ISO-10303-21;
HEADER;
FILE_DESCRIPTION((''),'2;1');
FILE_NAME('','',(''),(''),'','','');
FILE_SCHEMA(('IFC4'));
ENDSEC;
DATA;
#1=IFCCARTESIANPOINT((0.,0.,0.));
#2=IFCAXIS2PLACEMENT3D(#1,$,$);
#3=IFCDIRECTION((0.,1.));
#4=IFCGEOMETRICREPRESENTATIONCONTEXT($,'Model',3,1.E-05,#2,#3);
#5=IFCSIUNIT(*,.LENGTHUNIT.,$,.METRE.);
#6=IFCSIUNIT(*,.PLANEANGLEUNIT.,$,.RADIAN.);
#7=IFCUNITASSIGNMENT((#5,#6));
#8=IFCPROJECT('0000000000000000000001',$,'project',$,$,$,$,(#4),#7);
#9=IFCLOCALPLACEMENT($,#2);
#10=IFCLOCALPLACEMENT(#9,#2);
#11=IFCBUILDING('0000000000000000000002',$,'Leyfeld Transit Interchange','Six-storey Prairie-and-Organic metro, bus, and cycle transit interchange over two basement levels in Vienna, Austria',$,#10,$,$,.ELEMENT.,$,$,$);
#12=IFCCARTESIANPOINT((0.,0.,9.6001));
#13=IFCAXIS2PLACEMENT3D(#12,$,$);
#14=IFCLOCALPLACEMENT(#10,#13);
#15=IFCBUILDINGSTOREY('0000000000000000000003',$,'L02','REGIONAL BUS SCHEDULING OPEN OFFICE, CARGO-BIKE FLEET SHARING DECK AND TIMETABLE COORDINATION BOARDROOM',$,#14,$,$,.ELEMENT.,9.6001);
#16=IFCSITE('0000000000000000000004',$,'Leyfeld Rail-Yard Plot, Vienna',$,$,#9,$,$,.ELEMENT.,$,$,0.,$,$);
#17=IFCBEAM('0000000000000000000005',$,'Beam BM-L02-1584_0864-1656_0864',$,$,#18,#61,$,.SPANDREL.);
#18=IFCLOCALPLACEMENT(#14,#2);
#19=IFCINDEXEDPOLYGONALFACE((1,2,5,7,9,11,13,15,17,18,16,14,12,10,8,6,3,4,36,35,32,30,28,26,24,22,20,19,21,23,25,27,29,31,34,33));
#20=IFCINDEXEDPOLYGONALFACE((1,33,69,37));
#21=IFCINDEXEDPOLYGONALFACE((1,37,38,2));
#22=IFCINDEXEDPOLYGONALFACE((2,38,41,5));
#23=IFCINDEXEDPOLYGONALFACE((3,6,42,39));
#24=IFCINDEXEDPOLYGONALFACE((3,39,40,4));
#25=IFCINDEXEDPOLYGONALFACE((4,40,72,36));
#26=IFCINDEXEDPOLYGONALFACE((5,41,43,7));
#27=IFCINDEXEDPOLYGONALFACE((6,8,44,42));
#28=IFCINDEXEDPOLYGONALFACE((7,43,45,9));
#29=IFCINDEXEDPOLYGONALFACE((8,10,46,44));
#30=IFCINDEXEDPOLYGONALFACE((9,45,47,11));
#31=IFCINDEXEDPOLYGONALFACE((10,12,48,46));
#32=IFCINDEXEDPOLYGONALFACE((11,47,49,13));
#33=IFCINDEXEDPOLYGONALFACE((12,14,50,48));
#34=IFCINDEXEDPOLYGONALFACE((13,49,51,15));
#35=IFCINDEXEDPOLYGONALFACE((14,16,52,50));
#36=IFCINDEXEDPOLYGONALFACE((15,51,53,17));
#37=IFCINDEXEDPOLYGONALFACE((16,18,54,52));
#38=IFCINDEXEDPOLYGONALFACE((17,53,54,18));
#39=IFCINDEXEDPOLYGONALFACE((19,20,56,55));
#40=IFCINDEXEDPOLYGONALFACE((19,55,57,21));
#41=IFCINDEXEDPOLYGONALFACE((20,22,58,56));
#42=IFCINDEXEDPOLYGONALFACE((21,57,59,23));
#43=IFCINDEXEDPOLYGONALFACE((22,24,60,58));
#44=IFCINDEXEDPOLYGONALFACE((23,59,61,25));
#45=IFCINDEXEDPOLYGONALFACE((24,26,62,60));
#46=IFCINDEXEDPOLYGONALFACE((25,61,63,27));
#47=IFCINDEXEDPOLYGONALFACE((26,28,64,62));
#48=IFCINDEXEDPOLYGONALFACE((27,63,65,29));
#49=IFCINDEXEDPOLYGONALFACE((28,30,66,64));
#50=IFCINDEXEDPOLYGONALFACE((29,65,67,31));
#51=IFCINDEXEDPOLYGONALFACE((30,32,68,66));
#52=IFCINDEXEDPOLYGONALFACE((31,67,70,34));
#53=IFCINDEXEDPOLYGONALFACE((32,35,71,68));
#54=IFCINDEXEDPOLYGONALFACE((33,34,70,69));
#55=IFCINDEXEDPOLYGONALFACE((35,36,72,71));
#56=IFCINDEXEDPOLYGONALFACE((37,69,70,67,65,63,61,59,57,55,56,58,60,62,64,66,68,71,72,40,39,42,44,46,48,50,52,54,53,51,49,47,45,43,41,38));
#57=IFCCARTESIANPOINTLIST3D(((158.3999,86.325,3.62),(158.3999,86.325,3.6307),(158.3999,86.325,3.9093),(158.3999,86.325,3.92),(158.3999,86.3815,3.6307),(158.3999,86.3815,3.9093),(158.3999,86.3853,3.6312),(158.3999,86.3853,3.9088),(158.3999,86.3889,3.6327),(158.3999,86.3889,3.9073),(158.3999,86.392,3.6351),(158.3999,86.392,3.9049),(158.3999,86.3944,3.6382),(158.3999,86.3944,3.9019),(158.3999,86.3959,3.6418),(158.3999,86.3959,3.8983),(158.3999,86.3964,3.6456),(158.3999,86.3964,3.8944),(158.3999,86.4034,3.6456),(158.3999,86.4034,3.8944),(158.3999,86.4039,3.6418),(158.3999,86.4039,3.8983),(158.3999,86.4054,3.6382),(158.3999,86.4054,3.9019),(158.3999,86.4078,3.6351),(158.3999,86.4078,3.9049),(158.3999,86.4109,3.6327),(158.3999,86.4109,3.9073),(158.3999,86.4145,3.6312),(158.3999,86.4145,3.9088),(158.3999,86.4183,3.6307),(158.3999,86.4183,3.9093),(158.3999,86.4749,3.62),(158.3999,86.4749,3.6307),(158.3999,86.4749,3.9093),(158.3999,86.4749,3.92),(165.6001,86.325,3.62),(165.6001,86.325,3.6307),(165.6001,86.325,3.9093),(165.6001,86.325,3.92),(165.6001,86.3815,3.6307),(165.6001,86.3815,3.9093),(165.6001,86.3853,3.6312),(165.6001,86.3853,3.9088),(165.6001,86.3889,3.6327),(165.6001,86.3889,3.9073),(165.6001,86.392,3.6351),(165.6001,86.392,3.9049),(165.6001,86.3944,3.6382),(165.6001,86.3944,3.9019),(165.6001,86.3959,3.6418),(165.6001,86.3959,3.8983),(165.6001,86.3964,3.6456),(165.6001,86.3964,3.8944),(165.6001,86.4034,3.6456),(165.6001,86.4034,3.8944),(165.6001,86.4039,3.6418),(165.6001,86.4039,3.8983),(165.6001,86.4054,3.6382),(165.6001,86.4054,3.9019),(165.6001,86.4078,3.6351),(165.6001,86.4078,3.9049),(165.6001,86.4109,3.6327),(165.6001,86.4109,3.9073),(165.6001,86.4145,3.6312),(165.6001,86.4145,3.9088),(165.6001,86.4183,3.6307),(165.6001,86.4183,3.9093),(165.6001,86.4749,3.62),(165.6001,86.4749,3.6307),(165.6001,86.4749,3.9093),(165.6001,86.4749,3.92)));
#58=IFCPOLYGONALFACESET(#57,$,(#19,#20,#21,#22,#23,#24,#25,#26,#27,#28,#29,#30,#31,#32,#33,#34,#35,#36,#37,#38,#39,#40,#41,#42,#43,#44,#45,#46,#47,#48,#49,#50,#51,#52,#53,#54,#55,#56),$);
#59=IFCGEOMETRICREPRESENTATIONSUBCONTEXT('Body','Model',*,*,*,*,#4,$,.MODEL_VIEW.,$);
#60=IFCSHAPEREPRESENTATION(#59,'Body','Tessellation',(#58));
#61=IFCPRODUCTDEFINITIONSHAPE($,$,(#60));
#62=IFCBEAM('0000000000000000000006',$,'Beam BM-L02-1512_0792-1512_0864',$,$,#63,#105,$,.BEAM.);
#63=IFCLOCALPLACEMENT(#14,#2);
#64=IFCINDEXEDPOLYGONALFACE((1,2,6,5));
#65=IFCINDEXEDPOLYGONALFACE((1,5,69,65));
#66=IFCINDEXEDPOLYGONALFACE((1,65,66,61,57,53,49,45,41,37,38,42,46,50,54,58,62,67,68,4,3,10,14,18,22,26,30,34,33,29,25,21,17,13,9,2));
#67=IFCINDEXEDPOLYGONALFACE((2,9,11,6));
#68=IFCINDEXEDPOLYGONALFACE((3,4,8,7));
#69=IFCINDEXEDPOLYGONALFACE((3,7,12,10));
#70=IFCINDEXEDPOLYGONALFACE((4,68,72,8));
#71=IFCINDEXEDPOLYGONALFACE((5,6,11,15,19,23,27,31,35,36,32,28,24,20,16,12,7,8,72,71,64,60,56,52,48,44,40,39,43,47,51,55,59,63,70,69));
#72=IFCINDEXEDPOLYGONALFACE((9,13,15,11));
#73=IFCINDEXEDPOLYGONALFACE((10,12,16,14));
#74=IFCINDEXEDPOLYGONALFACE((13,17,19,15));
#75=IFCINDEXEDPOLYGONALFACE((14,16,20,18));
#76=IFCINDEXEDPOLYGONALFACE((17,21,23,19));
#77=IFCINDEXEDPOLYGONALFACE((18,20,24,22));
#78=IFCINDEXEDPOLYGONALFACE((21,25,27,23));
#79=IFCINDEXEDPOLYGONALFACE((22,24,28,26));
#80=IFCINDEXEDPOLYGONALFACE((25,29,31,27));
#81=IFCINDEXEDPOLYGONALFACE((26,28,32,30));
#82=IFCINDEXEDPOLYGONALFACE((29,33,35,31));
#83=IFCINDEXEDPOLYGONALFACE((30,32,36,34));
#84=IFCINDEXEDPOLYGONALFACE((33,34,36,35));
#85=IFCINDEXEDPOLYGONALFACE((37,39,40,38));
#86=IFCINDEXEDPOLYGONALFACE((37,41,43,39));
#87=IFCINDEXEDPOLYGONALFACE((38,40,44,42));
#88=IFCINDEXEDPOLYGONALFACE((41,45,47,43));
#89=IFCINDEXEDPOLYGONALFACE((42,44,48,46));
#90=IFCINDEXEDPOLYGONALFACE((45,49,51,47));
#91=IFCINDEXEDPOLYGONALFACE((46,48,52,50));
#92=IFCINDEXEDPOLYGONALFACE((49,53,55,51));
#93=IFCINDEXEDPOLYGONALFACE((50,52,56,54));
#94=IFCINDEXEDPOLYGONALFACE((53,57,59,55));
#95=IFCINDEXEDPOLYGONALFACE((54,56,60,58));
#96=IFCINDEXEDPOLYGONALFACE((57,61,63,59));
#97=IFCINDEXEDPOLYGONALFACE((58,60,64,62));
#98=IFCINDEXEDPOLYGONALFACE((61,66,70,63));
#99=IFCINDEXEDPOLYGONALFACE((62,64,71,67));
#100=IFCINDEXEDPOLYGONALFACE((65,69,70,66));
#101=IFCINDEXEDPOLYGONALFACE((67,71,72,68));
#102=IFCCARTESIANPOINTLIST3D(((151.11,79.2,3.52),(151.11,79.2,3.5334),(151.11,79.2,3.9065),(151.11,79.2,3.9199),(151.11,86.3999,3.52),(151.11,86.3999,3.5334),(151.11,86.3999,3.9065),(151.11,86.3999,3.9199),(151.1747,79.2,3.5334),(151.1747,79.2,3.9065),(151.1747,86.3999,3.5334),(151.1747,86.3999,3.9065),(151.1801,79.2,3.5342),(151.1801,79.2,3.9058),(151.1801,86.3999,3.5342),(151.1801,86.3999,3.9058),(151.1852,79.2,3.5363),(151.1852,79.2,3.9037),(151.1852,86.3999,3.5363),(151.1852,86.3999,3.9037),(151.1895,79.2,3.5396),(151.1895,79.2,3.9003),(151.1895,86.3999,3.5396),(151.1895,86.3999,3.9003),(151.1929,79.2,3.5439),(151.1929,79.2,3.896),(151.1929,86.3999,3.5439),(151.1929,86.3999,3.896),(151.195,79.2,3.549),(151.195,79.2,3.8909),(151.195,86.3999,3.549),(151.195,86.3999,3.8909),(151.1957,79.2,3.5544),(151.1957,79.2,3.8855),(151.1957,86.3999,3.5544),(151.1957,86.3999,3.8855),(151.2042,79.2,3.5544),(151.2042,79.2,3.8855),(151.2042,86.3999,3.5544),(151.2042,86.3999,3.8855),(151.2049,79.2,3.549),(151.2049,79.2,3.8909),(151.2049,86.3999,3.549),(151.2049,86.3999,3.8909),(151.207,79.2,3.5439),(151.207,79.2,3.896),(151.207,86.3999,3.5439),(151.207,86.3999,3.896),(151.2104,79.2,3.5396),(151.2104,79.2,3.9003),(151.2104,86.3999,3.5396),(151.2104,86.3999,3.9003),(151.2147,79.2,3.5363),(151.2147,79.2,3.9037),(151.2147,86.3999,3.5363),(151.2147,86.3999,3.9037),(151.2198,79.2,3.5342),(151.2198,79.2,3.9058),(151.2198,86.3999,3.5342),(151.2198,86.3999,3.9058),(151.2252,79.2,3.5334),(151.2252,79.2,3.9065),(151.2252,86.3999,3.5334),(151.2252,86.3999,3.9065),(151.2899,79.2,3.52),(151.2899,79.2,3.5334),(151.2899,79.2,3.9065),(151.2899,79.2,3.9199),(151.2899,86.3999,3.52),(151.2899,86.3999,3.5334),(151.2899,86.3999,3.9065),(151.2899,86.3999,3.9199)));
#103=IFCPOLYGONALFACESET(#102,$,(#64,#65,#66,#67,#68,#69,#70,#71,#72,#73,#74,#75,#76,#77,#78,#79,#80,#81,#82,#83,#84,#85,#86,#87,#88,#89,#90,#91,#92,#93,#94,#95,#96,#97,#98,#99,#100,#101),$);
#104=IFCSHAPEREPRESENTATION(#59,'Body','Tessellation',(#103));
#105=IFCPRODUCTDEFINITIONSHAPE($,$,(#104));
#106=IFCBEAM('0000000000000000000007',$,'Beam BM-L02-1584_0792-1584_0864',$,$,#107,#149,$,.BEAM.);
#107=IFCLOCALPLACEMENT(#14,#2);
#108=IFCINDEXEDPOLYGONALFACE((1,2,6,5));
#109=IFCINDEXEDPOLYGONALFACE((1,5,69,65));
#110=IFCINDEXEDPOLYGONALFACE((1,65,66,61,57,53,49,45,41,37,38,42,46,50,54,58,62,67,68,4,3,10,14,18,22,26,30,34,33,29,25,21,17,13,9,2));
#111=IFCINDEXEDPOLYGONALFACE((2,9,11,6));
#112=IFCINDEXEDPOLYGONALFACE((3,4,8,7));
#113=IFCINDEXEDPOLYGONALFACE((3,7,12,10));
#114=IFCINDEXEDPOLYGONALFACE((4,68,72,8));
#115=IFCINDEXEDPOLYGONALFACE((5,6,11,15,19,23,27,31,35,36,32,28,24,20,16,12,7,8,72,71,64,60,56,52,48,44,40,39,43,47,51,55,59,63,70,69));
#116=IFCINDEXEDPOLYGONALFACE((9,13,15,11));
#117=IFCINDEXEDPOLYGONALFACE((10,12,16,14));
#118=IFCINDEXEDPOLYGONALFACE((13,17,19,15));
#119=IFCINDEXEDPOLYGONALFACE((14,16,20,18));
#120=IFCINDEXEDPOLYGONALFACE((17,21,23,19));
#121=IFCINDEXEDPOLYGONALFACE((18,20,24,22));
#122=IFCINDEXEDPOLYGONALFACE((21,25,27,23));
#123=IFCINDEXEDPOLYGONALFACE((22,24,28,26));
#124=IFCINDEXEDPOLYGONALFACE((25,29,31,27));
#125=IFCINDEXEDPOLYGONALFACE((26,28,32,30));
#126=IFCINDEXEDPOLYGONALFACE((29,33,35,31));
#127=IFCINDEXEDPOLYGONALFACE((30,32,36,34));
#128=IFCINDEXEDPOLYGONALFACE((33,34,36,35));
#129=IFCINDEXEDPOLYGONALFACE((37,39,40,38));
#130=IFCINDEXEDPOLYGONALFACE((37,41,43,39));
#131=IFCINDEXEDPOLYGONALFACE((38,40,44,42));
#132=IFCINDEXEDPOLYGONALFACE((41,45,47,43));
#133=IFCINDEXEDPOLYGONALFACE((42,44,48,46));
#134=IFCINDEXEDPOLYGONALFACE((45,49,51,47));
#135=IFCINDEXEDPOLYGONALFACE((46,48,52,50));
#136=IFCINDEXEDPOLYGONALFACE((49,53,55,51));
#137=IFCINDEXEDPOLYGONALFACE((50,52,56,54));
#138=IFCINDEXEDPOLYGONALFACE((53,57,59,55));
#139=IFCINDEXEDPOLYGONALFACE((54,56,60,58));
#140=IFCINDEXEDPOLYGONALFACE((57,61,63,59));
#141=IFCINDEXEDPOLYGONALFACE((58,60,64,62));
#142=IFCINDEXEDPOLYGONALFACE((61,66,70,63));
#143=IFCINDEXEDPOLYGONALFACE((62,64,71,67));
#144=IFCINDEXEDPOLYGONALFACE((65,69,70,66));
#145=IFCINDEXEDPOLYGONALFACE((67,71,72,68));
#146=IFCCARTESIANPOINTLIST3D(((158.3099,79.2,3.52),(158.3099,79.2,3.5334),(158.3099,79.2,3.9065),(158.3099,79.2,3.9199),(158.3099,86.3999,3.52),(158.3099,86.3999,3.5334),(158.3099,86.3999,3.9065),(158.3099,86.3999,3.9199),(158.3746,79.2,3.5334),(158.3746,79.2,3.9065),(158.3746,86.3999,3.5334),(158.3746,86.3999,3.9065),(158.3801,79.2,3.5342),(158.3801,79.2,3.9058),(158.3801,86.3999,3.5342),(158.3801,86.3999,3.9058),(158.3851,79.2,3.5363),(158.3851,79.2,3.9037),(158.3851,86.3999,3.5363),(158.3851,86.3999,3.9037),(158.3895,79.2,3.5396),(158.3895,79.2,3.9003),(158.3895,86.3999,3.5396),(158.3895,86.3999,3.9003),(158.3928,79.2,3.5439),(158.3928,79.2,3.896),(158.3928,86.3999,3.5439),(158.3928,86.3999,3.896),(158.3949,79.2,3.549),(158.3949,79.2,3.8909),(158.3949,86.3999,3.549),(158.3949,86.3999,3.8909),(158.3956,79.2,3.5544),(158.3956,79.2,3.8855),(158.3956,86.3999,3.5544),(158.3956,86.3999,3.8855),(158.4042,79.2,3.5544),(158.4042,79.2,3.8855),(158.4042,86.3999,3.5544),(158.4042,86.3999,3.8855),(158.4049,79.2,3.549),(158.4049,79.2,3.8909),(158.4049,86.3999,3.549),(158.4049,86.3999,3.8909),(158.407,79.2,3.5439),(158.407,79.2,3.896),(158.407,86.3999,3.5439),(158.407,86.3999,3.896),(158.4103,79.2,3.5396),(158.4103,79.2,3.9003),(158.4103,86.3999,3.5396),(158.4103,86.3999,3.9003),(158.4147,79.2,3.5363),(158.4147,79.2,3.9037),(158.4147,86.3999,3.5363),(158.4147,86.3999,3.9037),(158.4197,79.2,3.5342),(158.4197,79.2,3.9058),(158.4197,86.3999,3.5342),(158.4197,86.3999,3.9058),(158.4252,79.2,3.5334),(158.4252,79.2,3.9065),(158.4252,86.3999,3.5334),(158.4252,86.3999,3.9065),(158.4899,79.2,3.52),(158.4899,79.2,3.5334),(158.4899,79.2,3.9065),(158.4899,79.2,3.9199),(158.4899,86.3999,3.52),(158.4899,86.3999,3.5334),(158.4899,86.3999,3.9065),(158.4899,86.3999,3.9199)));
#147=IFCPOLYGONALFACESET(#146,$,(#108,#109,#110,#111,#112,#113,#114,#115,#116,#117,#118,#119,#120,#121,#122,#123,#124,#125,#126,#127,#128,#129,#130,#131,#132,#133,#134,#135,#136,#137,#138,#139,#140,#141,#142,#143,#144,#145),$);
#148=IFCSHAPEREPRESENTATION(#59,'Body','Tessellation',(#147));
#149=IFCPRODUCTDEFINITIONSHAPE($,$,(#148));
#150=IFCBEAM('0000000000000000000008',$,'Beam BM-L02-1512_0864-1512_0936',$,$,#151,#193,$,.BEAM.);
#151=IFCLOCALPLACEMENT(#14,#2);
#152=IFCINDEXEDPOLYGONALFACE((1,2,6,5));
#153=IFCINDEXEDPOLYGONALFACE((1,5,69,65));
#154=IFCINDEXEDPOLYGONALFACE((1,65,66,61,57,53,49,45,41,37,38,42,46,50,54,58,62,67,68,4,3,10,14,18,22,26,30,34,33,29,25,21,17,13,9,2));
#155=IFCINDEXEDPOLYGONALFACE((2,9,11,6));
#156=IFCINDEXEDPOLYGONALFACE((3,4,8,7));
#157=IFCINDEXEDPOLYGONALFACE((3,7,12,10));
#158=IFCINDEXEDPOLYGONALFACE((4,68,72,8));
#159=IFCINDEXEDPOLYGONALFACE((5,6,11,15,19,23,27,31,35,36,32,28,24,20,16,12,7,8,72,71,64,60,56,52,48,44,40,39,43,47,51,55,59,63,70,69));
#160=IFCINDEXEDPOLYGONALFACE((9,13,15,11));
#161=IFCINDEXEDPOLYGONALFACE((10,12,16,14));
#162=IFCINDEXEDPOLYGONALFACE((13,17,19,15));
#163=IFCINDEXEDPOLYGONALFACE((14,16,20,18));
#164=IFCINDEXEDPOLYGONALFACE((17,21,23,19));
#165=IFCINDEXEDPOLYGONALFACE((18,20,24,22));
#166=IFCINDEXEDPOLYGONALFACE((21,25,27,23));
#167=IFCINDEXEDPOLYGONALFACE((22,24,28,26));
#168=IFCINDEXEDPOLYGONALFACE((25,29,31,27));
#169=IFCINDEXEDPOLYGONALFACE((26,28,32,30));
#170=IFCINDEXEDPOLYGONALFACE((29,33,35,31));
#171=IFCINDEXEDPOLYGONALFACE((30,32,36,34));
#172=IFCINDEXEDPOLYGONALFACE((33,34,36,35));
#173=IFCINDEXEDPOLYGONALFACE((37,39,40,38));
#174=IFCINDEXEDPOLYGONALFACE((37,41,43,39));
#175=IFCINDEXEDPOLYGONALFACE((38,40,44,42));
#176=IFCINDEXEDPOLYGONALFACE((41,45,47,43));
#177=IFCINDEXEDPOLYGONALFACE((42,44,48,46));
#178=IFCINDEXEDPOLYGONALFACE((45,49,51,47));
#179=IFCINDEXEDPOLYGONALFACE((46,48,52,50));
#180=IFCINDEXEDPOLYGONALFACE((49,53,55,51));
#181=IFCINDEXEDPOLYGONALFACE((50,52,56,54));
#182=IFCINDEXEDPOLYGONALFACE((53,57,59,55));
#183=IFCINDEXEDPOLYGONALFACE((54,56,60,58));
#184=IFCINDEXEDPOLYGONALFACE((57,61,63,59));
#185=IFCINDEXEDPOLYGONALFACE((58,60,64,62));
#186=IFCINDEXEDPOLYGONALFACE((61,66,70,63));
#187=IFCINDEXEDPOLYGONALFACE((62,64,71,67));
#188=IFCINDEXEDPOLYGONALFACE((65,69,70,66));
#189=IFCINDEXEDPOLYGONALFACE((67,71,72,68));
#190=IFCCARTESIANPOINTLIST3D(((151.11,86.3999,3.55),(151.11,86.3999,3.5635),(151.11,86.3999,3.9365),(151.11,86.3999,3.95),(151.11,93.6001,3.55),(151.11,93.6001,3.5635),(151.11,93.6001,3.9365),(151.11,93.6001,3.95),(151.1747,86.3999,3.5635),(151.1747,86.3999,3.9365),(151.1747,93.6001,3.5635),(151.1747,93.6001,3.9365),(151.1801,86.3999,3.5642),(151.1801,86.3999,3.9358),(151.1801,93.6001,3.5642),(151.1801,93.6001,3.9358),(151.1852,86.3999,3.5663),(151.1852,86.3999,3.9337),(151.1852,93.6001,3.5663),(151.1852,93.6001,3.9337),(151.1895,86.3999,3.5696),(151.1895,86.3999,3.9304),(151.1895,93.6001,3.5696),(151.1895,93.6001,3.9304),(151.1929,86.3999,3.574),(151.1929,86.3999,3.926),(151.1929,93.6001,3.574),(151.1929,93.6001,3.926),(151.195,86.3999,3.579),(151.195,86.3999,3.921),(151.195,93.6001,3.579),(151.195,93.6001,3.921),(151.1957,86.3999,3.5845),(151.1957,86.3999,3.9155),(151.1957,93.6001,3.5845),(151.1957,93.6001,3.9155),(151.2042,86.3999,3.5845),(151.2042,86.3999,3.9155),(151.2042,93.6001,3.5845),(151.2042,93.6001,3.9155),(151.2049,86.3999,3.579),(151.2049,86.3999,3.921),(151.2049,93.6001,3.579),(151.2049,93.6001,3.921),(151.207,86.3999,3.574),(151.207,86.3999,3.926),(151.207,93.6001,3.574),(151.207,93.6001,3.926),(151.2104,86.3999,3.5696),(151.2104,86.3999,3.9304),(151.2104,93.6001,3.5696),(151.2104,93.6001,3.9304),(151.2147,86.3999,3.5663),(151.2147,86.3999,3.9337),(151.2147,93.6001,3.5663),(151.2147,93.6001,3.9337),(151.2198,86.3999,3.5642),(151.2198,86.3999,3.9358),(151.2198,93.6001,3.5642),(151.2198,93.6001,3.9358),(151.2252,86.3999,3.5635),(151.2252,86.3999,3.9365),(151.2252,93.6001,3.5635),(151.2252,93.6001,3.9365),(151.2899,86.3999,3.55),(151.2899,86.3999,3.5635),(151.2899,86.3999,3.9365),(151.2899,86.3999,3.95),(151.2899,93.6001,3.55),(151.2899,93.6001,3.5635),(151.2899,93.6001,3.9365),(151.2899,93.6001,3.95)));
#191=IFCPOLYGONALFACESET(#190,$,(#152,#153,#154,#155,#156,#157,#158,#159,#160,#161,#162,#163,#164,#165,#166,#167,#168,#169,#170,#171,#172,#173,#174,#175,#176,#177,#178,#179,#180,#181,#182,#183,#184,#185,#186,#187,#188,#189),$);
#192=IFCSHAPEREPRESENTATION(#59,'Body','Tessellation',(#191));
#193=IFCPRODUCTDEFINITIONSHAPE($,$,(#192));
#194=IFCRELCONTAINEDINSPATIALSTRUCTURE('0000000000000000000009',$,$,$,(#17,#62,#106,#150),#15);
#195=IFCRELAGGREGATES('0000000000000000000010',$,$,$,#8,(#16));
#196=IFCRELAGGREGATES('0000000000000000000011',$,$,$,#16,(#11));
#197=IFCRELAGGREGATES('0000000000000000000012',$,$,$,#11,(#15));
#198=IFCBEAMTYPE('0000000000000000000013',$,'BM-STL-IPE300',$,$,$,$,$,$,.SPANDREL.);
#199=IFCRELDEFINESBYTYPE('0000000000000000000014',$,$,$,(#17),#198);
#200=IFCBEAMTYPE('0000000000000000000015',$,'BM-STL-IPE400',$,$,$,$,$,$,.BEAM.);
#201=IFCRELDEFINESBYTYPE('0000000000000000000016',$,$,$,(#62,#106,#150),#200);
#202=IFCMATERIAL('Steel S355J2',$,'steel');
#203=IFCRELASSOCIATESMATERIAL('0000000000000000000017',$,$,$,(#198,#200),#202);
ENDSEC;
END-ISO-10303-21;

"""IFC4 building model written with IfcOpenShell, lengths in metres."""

from ifc_helpers import new_model, si_unit, direction, frame, origin, origin_2d, place, context, subcontext, project, spatial, i_section, extrude, material, material_profile, profile_set, type_object, element, save


model = new_model("IFC4")

# Units and contexts
model_context = context("Model", 3, precision=1e-05, world=origin(), true_north=direction((0.0, 1.0)))
body_context = subcontext(model_context, "Body", "Model", "MODEL_VIEW")
ifc_project = project(units=[si_unit("LENGTHUNIT", "METRE"), si_unit("PLANEANGLEUNIT", "RADIAN")], contexts=[model_context])

# Site, building, storey
site_placement = place(None, origin())
site = spatial("IfcSite", under=ifc_project, at=site_placement, Name="Leyfeld Rail-Yard Plot, Vienna", CompositionType="ELEMENT", RefElevation=0.0)
building_placement = place(site_placement, origin())
building = spatial("IfcBuilding", under=site, at=building_placement, Name="Leyfeld Transit Interchange", Description="Six-storey Prairie-and-Organic metro, bus, and cycle transit interchange over two basement levels in Vienna, Austria", CompositionType="ELEMENT")
storey_placement = place(building_placement, frame((0.0, 0.0, 9.6001)))
storey = spatial("IfcBuildingStorey", under=building, at=storey_placement, Name="L02", Description="REGIONAL BUS SCHEDULING OPEN OFFICE, CARGO-BIKE FLEET SHARING DECK AND TIMETABLE COORDINATION BOARDROOM", CompositionType="ELEMENT", Elevation=9.6001)

# Beams
ifc_material_1 = material(Name="Steel S355J2", Category="steel")
ifc_material_profile_1 = material_profile(ifc_material_1, i_section(OverallWidth=0.1499, OverallDepth=0.3, WebThickness=0.0071, FlangeThickness=0.0107, FilletRadius=0.0149, at=origin_2d()), Name="IPE 300")
ifc_profile_set_1 = profile_set([ifc_material_profile_1], Name="Steel S355J2")
beam_type_1 = type_object("IfcBeamType", Name="BM-STL-IPE300", PredefinedType="SPANDREL", material=ifc_profile_set_1)
beam_1_placement = place(storey_placement, frame((158.3999, 86.3999, 3.77), z_axis=(1.0, 0.0, 0.0), x_axis=(0.0, 1.0, 0.0)))
element("IfcBeam", 1, at=beam_1_placement, inside=storey, type_object=beam_type_1, Name="Beam BM-L02-1584_0864-1656_0864", PredefinedType="SPANDREL", context=body_context, shape_type="SweptSolid", body=[
    extrude(i_section(OverallWidth=0.1499, OverallDepth=0.3, WebThickness=0.0071, FlangeThickness=0.0107, FilletRadius=0.0149, at=origin_2d()), origin(), (0.0, 0.0, 1.0), 7.2002),
])
ifc_material_profile_2 = material_profile(ifc_material_1, i_section(OverallWidth=0.1799, OverallDepth=0.3999, WebThickness=0.0085, FlangeThickness=0.0134, FilletRadius=0.021, at=origin_2d()), Name="IPE 400")
ifc_profile_set_2 = profile_set([ifc_material_profile_2], Name="Steel S355J2")
beam_type_2 = type_object("IfcBeamType", Name="BM-STL-IPE400", PredefinedType="BEAM", material=ifc_profile_set_2)
for number, where, z_axis, x_axis, name in (
    (2, (151.2, 79.2, 3.72), (0.0, 1.0, 0.0), (-1.0, 0.0, 0.0), "Beam BM-L02-1512_0792-1512_0864"),
    (3, (158.3999, 79.2, 3.72), (0.0, 1.0, 0.0), (-1.0, 0.0, 0.0), "Beam BM-L02-1584_0792-1584_0864"),
):
    element("IfcBeam", number, at=place(storey_placement, frame(where, z_axis=z_axis, x_axis=x_axis)), inside=storey, type_object=beam_type_2, Name=name, PredefinedType="BEAM", context=body_context, shape_type="SweptSolid", body=[
        extrude(i_section(OverallWidth=0.1799, OverallDepth=0.3999, WebThickness=0.0085, FlangeThickness=0.0134, FilletRadius=0.021, at=origin_2d()), origin(), (0.0, 0.0, 1.0), 7.2),
    ])
for number, where, z_axis, x_axis, name in (
    (4, (151.2, 86.3999, 3.75), (0.0, 1.0, 0.0), (-1.0, 0.0, 0.0), "Beam BM-L02-1512_0864-1512_0936"),
):
    element("IfcBeam", number, at=place(storey_placement, frame(where, z_axis=z_axis, x_axis=x_axis)), inside=storey, type_object=beam_type_2, Name=name, PredefinedType="BEAM", context=body_context, shape_type="SweptSolid", body=[
        extrude(i_section(OverallWidth=0.1799, OverallDepth=0.3999, WebThickness=0.0085, FlangeThickness=0.0134, FilletRadius=0.021, at=origin_2d()), origin(), (0.0, 0.0, 1.0), 7.2002),
    ])

save(model, "model.ifc")
